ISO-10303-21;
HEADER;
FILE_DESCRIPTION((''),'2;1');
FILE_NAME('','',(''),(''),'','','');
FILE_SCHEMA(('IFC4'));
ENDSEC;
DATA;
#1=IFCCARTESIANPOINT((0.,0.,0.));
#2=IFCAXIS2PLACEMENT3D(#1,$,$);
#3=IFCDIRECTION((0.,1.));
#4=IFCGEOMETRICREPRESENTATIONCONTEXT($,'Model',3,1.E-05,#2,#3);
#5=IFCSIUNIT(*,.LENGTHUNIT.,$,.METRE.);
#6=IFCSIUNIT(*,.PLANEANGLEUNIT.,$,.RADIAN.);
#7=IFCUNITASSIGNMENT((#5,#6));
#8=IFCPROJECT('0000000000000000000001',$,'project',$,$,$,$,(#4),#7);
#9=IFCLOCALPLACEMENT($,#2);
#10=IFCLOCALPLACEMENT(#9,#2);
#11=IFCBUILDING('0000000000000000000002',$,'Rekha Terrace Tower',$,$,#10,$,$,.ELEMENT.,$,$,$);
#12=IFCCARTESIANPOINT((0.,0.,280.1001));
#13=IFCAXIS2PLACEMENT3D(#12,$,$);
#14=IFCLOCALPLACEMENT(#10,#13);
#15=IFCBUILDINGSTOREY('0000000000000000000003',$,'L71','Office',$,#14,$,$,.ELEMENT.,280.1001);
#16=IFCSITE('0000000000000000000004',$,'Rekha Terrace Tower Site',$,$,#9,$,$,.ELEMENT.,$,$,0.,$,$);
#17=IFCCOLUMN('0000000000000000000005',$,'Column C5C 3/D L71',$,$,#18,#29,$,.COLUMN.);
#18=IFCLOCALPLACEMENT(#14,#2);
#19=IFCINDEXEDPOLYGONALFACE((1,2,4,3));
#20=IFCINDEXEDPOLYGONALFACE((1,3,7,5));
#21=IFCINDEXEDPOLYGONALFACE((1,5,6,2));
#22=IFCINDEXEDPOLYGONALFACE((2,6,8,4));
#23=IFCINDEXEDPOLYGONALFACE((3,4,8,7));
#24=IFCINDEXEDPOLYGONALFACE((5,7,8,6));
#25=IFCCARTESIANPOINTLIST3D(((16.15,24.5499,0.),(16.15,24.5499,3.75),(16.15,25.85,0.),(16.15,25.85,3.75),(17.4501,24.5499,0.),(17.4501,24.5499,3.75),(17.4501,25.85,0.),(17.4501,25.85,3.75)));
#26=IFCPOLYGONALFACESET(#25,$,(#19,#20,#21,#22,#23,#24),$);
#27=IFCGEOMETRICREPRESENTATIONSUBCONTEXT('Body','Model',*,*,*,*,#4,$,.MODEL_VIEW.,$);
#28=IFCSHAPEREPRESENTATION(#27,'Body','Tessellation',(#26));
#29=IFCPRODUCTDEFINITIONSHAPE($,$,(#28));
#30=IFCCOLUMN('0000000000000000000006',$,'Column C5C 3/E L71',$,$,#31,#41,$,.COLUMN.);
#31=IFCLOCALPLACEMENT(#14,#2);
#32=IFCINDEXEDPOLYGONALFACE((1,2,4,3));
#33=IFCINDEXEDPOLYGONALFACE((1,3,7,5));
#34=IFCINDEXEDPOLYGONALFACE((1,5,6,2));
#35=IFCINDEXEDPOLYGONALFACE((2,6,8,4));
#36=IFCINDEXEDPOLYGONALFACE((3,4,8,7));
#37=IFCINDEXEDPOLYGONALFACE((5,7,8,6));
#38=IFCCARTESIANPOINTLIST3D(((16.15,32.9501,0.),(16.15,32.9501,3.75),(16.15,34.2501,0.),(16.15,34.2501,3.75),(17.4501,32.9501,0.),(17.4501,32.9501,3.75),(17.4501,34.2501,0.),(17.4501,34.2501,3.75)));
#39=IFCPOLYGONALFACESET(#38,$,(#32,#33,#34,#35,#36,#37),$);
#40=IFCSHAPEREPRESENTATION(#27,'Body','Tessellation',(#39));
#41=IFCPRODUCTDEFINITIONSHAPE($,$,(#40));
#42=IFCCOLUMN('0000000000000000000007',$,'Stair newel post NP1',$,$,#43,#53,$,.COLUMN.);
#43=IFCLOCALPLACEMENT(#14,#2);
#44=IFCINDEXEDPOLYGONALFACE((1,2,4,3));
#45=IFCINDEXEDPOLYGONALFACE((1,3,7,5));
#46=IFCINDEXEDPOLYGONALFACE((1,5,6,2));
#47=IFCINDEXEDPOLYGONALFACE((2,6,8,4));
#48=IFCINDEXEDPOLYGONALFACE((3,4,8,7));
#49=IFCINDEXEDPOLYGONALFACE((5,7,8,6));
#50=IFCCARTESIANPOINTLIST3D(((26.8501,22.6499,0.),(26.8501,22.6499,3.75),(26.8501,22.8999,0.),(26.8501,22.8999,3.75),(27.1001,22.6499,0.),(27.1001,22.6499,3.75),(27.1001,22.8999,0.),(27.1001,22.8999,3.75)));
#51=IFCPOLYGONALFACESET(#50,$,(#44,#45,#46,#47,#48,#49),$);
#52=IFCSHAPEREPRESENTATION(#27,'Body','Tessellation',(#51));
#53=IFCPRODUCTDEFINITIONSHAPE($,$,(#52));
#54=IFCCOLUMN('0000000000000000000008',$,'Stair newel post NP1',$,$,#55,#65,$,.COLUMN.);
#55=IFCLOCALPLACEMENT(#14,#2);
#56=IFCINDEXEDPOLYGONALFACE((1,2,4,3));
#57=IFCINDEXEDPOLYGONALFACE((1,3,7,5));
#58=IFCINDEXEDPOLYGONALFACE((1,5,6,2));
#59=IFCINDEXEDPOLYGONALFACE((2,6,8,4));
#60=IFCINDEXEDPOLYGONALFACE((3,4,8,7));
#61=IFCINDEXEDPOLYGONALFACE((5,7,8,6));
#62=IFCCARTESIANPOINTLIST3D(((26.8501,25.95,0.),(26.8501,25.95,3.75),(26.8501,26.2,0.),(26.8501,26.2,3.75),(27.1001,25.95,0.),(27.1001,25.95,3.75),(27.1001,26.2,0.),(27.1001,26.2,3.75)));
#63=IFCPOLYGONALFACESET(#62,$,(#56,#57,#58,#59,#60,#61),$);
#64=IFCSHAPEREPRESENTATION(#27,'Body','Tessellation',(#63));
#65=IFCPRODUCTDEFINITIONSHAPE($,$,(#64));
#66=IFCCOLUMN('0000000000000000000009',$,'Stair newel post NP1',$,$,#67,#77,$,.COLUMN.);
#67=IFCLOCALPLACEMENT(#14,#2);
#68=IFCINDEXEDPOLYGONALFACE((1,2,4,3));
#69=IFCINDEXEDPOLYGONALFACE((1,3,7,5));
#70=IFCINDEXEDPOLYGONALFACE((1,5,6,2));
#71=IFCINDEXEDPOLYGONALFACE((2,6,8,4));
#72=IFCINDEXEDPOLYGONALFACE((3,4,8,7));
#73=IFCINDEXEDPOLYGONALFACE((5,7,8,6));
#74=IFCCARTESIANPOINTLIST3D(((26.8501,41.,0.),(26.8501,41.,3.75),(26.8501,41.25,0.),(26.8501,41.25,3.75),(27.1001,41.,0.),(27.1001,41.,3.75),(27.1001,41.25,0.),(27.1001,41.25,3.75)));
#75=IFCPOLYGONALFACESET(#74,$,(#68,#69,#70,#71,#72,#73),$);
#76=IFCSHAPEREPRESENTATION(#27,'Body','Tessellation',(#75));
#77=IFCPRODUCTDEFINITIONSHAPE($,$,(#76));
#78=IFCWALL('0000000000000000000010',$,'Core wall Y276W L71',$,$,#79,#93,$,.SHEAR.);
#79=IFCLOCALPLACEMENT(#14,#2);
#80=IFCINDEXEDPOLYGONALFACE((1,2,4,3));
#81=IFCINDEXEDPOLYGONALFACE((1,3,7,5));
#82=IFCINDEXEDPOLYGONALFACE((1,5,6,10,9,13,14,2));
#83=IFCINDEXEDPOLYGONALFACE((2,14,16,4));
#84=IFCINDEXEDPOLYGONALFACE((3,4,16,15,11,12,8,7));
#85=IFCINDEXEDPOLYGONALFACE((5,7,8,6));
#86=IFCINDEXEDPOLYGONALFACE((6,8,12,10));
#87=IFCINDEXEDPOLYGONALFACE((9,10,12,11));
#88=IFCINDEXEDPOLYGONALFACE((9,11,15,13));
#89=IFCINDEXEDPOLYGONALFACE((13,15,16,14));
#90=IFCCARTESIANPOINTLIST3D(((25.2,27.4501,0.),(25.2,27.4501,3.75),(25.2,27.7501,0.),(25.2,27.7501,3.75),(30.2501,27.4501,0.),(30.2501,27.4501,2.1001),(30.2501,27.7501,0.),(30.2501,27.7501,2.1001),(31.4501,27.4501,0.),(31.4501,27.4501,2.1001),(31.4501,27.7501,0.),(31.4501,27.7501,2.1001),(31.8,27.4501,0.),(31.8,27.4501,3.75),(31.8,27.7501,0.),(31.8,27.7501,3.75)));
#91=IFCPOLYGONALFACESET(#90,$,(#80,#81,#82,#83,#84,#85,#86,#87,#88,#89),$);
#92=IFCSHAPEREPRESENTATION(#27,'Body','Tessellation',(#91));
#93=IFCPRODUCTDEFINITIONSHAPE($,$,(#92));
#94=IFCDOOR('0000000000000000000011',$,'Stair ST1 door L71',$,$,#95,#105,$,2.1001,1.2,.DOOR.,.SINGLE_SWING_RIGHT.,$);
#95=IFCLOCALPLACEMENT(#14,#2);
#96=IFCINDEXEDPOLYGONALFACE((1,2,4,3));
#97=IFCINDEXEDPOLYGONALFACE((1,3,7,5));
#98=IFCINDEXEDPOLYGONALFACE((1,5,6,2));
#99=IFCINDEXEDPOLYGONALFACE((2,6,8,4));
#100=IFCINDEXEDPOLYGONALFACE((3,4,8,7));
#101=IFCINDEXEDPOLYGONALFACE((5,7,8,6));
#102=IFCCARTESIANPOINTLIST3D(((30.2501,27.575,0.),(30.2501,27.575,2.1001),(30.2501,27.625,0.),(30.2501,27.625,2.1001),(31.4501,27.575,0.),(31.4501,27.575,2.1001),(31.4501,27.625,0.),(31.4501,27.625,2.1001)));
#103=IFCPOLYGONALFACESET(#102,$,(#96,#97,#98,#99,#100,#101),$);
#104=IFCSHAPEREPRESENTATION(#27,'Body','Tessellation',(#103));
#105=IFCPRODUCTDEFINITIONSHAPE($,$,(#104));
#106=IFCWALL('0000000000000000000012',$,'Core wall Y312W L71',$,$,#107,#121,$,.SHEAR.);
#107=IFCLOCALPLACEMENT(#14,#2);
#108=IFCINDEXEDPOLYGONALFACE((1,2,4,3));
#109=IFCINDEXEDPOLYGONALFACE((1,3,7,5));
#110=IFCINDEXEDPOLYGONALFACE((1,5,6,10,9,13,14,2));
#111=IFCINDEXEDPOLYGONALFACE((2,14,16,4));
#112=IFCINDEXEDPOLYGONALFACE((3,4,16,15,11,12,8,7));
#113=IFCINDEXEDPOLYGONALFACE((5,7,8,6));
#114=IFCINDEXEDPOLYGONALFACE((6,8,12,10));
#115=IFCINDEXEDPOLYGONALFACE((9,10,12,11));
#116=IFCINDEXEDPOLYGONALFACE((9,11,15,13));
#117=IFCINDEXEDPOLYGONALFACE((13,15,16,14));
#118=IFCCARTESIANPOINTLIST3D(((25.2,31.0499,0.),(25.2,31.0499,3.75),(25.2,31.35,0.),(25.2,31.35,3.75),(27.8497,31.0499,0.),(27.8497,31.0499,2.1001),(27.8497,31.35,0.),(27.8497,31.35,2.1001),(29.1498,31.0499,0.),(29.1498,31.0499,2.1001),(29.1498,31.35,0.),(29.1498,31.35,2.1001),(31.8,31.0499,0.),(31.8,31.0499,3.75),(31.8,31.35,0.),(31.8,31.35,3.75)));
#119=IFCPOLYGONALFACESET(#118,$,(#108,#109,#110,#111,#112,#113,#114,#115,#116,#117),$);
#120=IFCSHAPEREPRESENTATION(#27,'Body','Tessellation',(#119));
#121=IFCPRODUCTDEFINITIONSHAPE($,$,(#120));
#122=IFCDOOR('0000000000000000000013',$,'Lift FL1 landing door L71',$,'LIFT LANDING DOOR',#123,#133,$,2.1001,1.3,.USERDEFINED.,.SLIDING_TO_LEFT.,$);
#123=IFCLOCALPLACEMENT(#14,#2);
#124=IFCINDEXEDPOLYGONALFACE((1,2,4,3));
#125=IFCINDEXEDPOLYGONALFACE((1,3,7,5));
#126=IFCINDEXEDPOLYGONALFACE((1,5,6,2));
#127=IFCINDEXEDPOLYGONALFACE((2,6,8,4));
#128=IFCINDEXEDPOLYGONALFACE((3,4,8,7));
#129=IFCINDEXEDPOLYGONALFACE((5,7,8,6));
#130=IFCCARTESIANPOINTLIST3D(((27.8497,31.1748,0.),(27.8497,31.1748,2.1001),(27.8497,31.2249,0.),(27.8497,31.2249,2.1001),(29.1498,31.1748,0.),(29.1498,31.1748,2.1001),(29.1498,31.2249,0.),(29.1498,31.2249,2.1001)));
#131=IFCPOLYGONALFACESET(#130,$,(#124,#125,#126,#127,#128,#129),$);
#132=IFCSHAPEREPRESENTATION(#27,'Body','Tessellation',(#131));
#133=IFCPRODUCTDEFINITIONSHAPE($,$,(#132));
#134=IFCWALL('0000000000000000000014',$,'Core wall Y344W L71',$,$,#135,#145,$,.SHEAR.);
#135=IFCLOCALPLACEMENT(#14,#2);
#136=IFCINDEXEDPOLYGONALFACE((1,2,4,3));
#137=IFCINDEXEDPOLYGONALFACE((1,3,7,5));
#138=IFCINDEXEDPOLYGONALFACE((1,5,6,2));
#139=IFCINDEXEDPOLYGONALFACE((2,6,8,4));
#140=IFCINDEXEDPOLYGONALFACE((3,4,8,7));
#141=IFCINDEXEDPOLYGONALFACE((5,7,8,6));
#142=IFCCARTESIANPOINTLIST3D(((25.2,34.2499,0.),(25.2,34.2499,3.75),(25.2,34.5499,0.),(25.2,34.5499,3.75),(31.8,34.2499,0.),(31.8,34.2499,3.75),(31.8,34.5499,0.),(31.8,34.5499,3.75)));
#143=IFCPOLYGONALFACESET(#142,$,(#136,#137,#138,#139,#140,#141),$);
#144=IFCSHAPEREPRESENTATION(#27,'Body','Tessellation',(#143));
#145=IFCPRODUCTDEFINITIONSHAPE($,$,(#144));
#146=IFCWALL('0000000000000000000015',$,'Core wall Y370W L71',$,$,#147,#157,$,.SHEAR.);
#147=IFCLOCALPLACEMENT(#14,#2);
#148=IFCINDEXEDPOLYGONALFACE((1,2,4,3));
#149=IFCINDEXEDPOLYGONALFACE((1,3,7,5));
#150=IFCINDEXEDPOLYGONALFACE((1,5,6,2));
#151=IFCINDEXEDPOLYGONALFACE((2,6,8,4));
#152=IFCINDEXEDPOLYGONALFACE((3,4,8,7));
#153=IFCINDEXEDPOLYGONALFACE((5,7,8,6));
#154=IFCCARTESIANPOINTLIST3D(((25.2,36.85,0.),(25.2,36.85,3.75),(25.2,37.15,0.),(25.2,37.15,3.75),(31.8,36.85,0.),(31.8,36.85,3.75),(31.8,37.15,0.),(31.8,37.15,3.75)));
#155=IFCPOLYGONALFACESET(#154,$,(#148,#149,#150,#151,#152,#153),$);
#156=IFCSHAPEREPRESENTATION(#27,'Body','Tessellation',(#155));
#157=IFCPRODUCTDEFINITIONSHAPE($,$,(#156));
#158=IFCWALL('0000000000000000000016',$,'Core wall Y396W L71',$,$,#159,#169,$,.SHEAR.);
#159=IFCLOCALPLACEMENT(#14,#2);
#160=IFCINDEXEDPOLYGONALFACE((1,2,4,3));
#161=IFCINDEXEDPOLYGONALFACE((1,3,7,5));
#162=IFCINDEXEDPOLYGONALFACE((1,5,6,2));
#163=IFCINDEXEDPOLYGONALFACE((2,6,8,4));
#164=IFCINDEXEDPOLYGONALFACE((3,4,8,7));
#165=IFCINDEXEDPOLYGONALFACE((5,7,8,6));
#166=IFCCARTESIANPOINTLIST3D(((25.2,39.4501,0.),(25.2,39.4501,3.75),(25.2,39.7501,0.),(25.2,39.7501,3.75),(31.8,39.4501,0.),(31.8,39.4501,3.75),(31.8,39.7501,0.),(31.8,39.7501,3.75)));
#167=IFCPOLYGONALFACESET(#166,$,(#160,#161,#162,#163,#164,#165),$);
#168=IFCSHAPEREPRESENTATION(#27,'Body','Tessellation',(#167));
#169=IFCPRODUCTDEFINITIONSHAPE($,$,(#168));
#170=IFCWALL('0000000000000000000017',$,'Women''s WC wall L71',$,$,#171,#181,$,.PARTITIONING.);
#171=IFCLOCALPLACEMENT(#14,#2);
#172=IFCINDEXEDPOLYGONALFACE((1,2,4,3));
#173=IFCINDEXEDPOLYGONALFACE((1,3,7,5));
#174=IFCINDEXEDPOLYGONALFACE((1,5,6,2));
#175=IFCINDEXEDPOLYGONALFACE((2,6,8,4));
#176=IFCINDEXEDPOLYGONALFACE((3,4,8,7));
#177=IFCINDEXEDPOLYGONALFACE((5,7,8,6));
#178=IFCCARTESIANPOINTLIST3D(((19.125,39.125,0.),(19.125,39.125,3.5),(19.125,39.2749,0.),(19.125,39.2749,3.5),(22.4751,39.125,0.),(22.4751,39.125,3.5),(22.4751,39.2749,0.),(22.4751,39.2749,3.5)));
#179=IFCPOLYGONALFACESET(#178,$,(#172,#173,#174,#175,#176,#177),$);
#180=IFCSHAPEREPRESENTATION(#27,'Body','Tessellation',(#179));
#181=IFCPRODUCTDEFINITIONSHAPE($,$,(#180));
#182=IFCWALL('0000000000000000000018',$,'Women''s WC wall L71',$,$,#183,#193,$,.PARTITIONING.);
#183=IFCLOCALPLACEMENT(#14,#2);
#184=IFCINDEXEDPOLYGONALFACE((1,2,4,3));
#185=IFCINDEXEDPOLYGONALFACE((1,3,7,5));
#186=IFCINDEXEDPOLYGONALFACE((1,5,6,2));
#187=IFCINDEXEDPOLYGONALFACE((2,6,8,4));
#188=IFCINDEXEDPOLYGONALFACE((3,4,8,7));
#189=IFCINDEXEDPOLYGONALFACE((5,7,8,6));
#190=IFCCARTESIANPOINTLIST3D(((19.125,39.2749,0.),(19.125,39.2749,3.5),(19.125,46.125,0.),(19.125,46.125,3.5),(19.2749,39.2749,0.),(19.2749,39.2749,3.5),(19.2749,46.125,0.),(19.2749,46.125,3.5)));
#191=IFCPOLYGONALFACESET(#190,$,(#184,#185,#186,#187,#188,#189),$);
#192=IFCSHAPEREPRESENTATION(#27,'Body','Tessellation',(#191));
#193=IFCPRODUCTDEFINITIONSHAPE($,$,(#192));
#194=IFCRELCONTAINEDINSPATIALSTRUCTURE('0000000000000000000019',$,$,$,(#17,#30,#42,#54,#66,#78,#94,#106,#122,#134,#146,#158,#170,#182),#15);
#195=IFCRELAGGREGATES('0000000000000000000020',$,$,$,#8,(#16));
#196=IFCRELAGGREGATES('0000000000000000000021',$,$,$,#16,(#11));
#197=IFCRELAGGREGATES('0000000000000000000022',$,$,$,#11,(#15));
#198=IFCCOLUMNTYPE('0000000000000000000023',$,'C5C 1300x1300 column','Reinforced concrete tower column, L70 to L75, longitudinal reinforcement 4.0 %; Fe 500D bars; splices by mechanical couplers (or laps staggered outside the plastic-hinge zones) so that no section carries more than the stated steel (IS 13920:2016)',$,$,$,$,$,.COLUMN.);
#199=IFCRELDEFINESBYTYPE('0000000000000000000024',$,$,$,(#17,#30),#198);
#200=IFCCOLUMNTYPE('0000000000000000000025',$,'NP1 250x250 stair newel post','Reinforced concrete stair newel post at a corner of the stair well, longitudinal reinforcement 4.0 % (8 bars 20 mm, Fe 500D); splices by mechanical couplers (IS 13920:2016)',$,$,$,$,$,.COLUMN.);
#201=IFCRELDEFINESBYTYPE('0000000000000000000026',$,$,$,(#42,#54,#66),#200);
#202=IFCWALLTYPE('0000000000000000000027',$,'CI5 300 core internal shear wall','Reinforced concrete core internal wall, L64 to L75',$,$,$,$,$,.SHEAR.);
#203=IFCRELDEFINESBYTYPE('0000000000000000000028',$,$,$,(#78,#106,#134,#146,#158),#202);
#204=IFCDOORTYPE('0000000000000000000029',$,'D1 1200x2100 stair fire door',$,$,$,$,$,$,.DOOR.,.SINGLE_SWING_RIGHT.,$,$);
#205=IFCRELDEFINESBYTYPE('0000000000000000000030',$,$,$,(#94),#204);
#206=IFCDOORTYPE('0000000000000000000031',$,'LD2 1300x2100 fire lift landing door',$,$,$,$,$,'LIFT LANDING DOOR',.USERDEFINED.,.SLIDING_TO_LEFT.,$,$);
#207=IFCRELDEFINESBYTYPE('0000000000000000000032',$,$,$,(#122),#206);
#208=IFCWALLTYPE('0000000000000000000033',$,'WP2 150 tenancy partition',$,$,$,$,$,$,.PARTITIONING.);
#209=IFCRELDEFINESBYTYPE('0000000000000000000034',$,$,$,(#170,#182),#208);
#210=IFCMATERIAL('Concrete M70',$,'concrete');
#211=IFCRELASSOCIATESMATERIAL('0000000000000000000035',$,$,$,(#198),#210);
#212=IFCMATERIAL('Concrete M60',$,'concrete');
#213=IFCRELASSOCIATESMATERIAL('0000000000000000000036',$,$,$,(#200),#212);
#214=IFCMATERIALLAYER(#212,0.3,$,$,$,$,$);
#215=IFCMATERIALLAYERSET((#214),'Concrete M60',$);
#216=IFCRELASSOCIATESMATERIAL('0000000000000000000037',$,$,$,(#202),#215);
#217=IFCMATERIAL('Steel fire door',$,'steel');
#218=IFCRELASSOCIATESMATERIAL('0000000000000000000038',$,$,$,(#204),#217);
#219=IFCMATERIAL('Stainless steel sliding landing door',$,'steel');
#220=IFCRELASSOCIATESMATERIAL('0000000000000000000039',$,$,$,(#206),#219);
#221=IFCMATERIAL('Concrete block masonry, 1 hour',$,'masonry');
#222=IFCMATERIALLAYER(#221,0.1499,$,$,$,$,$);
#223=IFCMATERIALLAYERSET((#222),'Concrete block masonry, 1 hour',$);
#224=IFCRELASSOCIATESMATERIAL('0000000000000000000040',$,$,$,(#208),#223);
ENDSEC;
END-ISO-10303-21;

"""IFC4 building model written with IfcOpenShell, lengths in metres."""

from ifc_helpers import new_model, si_unit, direction, frame, frame_2d, origin, origin_2d, place, context, subcontext, project, spatial, rectangle, extrude, material, layer, layer_set, material_profile, profile_set, type_object, element, fill, save


model = new_model("IFC4")

# Units and contexts
model_context = context("Model", 3, precision=1e-05, world=origin(), true_north=direction((0.0, 1.0)))
body_context = subcontext(model_context, "Body", "Model", "MODEL_VIEW")
ifc_project = project(units=[si_unit("LENGTHUNIT", "METRE"), si_unit("PLANEANGLEUNIT", "RADIAN")], contexts=[model_context])

# Site, building, storey
site_placement = place(None, origin())
site = spatial("IfcSite", under=ifc_project, at=site_placement, Name="Rekha Terrace Tower Site", CompositionType="ELEMENT", RefElevation=0.0)
building_placement = place(site_placement, origin())
building = spatial("IfcBuilding", under=site, at=building_placement, Name="Rekha Terrace Tower", CompositionType="ELEMENT")
storey_placement = place(building_placement, frame((0.0, 0.0, 280.1001)))
storey = spatial("IfcBuildingStorey", under=building, at=storey_placement, Name="L71", Description="Office", CompositionType="ELEMENT", Elevation=280.1001)

# Columns
ifc_material_1 = material(Name="Concrete M70", Category="concrete")
ifc_material_profile_1 = material_profile(ifc_material_1, rectangle(XDim=1.3, YDim=1.3, at=origin_2d()), Name="RC 1300x1300")
ifc_profile_set_1 = profile_set([ifc_material_profile_1], Name="Concrete M70")
column_type_1 = type_object("IfcColumnType", Name="C5C 1300x1300 column", Description="Reinforced concrete tower column, L70 to L75, longitudinal reinforcement 4.0 %; Fe 500D bars; splices by mechanical couplers (or laps staggered outside the plastic-hinge zones) so that no section carries more than the stated steel (IS 13920:2016)", PredefinedType="COLUMN", material=ifc_profile_set_1)
for number, where, z_axis, x_axis, name in (
    (1, (16.8, 25.2, 0.0), (0.0, 0.0, 1.0), (1.0, 0.0, 0.0), "Column C5C 3/D L71"),
    (2, (16.8, 33.6001, 0.0), (0.0, 0.0, 1.0), (1.0, 0.0, 0.0), "Column C5C 3/E L71"),
):
    element("IfcColumn", number, at=place(storey_placement, frame(where, z_axis=z_axis, x_axis=x_axis)), inside=storey, type_object=column_type_1, Name=name, PredefinedType="COLUMN", context=body_context, shape_type="SweptSolid", body=[
        extrude(rectangle(XDim=1.3, YDim=1.3, at=origin_2d()), origin(), (0.0, 0.0, 1.0), 3.75),
    ])
ifc_material_2 = material(Name="Concrete M60", Category="concrete")
ifc_material_profile_2 = material_profile(ifc_material_2, rectangle(XDim=0.25, YDim=0.25, at=origin_2d()), Name="RC 250x250")
ifc_profile_set_2 = profile_set([ifc_material_profile_2], Name="Concrete M60")
column_type_2 = type_object("IfcColumnType", Name="NP1 250x250 stair newel post", Description="Reinforced concrete stair newel post at a corner of the stair well, longitudinal reinforcement 4.0 % (8 bars 20 mm, Fe 500D); splices by mechanical couplers (IS 13920:2016)", PredefinedType="COLUMN", material=ifc_profile_set_2)
for number, where, z_axis, x_axis, name in (
    (3, (26.9751, 22.7749, 0.0), (0.0, 0.0, 1.0), (1.0, 0.0, 0.0), "Stair newel post NP1"),
    (4, (26.9751, 26.075, 0.0), (0.0, 0.0, 1.0), (1.0, 0.0, 0.0), "Stair newel post NP1"),
    (5, (26.9751, 41.125, 0.0), (0.0, 0.0, 1.0), (1.0, 0.0, 0.0), "Stair newel post NP1"),
):
    element("IfcColumn", number, at=place(storey_placement, frame(where, z_axis=z_axis, x_axis=x_axis)), inside=storey, type_object=column_type_2, Name=name, PredefinedType="COLUMN", context=body_context, shape_type="SweptSolid", body=[
        extrude(rectangle(XDim=0.25, YDim=0.25, at=origin_2d()), origin(), (0.0, 0.0, 1.0), 3.75),
    ])

# Walls, openings, doors
ifc_layer_1 = layer(ifc_material_2, 0.3)
ifc_layer_set_1 = layer_set([ifc_layer_1], Name="Concrete M60")
wall_type_1 = type_object("IfcWallType", Name="CI5 300 core internal shear wall", Description="Reinforced concrete core internal wall, L64 to L75", PredefinedType="SHEAR", material=ifc_layer_set_1)
wall_1_placement = place(storey_placement, frame((25.2, 27.6001, 0.0), z_axis=(0.0, 0.0, 1.0), x_axis=(1.0, 0.0, 0.0)))
wall_1 = element("IfcWall", 6, at=wall_1_placement, inside=storey, type_object=wall_type_1, Name="Core wall Y276W L71", PredefinedType="SHEAR", context=body_context, shape_type="SweptSolid", body=[
    extrude(rectangle(XDim=6.6001, YDim=0.3, at=frame_2d((3.3, 0.0))), origin(), (0.0, 0.0, 1.0), 3.75),
])
opening_1_placement = place(wall_1_placement, frame((5.05, 0.0, 0.0)))
opening_1 = element("IfcOpeningElement", 7, at=opening_1_placement, cuts=wall_1, PredefinedType="OPENING", context=body_context, shape_type="SweptSolid", body=[
    extrude(rectangle(XDim=1.2, YDim=2.1001, at=frame_2d((0.6001, 1.05))), frame((0.0, 0.1599, 0.0), z_axis=(0.0, -1.0, 0.0), x_axis=(1.0, 0.0, 0.0)), (0.0, 0.0, 1.0), 0.3201),
])
ifc_material_3 = material(Name="Steel fire door", Category="steel")
door_type_1 = type_object("IfcDoorType", Name="D1 1200x2100 stair fire door", OperationType="SINGLE_SWING_RIGHT", PredefinedType="DOOR", material=ifc_material_3)
door_1_placement = place(opening_1_placement, origin())
door_1 = element("IfcDoor", 8, at=door_1_placement, inside=storey, type_object=door_type_1, Name="Stair ST1 door L71", OperationType="SINGLE_SWING_RIGHT", OverallHeight=2.1001, OverallWidth=1.2, PredefinedType="DOOR", context=body_context, shape_type="SweptSolid", body=[
    extrude(rectangle(XDim=1.2, YDim=2.1001, at=frame_2d((0.6001, 1.05))), frame((0.0, 0.0249, 0.0), z_axis=(0.0, -1.0, 0.0), x_axis=(1.0, 0.0, 0.0)), (0.0, 0.0, 1.0), 0.05),
])
fill(opening_1, door_1)
wall_2_placement = place(storey_placement, frame((25.2, 31.2, 0.0), z_axis=(0.0, 0.0, 1.0), x_axis=(1.0, 0.0, 0.0)))
wall_2 = element("IfcWall", 9, at=wall_2_placement, inside=storey, type_object=wall_type_1, Name="Core wall Y312W L71", PredefinedType="SHEAR", context=body_context, shape_type="SweptSolid", body=[
    extrude(rectangle(XDim=6.6001, YDim=0.3, at=frame_2d((3.3, 0.0))), origin(), (0.0, 0.0, 1.0), 3.75),
])
opening_2_placement = place(wall_2_placement, frame((2.6499, 0.0, 0.0)))
opening_2 = element("IfcOpeningElement", 10, at=opening_2_placement, cuts=wall_2, PredefinedType="OPENING", context=body_context, shape_type="SweptSolid", body=[
    extrude(rectangle(XDim=1.3, YDim=2.1001, at=frame_2d((0.6499, 1.05))), frame((0.0, 0.1599, 0.0), z_axis=(0.0, -1.0, 0.0), x_axis=(1.0, 0.0, 0.0)), (0.0, 0.0, 1.0), 0.3201),
])
ifc_material_4 = material(Name="Stainless steel sliding landing door", Category="steel")
door_type_2 = type_object("IfcDoorType", Name="LD2 1300x2100 fire lift landing door", ElementType="LIFT LANDING DOOR", OperationType="SLIDING_TO_LEFT", PredefinedType="USERDEFINED", material=ifc_material_4)
door_2_placement = place(opening_2_placement, origin())
door_2 = element("IfcDoor", 11, at=door_2_placement, inside=storey, type_object=door_type_2, Name="Lift FL1 landing door L71", ObjectType="LIFT LANDING DOOR", OperationType="SLIDING_TO_LEFT", OverallHeight=2.1001, OverallWidth=1.3, PredefinedType="USERDEFINED", context=body_context, shape_type="SweptSolid", body=[
    extrude(rectangle(XDim=1.3, YDim=2.1001, at=frame_2d((0.6499, 1.05))), frame((0.0, 0.0249, 0.0), z_axis=(0.0, -1.0, 0.0), x_axis=(1.0, 0.0, 0.0)), (0.0, 0.0, 1.0), 0.05),
])
fill(opening_2, door_2)

# Walls
for number, where, z_axis, x_axis, name in (
    (12, (25.2, 34.3999, 0.0), (0.0, 0.0, 1.0), (1.0, 0.0, 0.0), "Core wall Y344W L71"),
    (13, (25.2, 37.0, 0.0), (0.0, 0.0, 1.0), (1.0, 0.0, 0.0), "Core wall Y370W L71"),
    (14, (25.2, 39.6001, 0.0), (0.0, 0.0, 1.0), (1.0, 0.0, 0.0), "Core wall Y396W L71"),
):
    element("IfcWall", number, at=place(storey_placement, frame(where, z_axis=z_axis, x_axis=x_axis)), inside=storey, type_object=wall_type_1, Name=name, PredefinedType="SHEAR", context=body_context, shape_type="SweptSolid", body=[
        extrude(rectangle(XDim=6.6001, YDim=0.3, at=frame_2d((3.3, 0.0))), origin(), (0.0, 0.0, 1.0), 3.75),
    ])
ifc_material_5 = material(Name="Concrete block masonry, 1 hour", Category="masonry")
ifc_layer_2 = layer(ifc_material_5, 0.1499)
ifc_layer_set_2 = layer_set([ifc_layer_2], Name="Concrete block masonry, 1 hour")
wall_type_2 = type_object("IfcWallType", Name="WP2 150 tenancy partition", PredefinedType="PARTITIONING", material=ifc_layer_set_2)
wall_3_placement = place(storey_placement, frame((19.125, 39.2, 0.0), z_axis=(0.0, 0.0, 1.0), x_axis=(1.0, 0.0, 0.0)))
element("IfcWall", 15, at=wall_3_placement, inside=storey, type_object=wall_type_2, Name="Women's WC wall L71", PredefinedType="PARTITIONING", context=body_context, shape_type="SweptSolid", body=[
    extrude(rectangle(XDim=3.3501, YDim=0.1499, at=frame_2d((1.675, 0.0))), origin(), (0.0, 0.0, 1.0), 3.5),
])
wall_4_placement = place(storey_placement, frame((19.2, 39.2749, 0.0), z_axis=(0.0, 0.0, 1.0), x_axis=(0.0, 1.0, 0.0)))
element("IfcWall", 16, at=wall_4_placement, inside=storey, type_object=wall_type_2, Name="Women's WC wall L71", PredefinedType="PARTITIONING", context=body_context, shape_type="SweptSolid", body=[
    extrude(rectangle(XDim=6.8501, YDim=0.1499, at=frame_2d((3.425, 0.0))), origin(), (0.0, 0.0, 1.0), 3.5),
])

save(model, "model.ifc")
